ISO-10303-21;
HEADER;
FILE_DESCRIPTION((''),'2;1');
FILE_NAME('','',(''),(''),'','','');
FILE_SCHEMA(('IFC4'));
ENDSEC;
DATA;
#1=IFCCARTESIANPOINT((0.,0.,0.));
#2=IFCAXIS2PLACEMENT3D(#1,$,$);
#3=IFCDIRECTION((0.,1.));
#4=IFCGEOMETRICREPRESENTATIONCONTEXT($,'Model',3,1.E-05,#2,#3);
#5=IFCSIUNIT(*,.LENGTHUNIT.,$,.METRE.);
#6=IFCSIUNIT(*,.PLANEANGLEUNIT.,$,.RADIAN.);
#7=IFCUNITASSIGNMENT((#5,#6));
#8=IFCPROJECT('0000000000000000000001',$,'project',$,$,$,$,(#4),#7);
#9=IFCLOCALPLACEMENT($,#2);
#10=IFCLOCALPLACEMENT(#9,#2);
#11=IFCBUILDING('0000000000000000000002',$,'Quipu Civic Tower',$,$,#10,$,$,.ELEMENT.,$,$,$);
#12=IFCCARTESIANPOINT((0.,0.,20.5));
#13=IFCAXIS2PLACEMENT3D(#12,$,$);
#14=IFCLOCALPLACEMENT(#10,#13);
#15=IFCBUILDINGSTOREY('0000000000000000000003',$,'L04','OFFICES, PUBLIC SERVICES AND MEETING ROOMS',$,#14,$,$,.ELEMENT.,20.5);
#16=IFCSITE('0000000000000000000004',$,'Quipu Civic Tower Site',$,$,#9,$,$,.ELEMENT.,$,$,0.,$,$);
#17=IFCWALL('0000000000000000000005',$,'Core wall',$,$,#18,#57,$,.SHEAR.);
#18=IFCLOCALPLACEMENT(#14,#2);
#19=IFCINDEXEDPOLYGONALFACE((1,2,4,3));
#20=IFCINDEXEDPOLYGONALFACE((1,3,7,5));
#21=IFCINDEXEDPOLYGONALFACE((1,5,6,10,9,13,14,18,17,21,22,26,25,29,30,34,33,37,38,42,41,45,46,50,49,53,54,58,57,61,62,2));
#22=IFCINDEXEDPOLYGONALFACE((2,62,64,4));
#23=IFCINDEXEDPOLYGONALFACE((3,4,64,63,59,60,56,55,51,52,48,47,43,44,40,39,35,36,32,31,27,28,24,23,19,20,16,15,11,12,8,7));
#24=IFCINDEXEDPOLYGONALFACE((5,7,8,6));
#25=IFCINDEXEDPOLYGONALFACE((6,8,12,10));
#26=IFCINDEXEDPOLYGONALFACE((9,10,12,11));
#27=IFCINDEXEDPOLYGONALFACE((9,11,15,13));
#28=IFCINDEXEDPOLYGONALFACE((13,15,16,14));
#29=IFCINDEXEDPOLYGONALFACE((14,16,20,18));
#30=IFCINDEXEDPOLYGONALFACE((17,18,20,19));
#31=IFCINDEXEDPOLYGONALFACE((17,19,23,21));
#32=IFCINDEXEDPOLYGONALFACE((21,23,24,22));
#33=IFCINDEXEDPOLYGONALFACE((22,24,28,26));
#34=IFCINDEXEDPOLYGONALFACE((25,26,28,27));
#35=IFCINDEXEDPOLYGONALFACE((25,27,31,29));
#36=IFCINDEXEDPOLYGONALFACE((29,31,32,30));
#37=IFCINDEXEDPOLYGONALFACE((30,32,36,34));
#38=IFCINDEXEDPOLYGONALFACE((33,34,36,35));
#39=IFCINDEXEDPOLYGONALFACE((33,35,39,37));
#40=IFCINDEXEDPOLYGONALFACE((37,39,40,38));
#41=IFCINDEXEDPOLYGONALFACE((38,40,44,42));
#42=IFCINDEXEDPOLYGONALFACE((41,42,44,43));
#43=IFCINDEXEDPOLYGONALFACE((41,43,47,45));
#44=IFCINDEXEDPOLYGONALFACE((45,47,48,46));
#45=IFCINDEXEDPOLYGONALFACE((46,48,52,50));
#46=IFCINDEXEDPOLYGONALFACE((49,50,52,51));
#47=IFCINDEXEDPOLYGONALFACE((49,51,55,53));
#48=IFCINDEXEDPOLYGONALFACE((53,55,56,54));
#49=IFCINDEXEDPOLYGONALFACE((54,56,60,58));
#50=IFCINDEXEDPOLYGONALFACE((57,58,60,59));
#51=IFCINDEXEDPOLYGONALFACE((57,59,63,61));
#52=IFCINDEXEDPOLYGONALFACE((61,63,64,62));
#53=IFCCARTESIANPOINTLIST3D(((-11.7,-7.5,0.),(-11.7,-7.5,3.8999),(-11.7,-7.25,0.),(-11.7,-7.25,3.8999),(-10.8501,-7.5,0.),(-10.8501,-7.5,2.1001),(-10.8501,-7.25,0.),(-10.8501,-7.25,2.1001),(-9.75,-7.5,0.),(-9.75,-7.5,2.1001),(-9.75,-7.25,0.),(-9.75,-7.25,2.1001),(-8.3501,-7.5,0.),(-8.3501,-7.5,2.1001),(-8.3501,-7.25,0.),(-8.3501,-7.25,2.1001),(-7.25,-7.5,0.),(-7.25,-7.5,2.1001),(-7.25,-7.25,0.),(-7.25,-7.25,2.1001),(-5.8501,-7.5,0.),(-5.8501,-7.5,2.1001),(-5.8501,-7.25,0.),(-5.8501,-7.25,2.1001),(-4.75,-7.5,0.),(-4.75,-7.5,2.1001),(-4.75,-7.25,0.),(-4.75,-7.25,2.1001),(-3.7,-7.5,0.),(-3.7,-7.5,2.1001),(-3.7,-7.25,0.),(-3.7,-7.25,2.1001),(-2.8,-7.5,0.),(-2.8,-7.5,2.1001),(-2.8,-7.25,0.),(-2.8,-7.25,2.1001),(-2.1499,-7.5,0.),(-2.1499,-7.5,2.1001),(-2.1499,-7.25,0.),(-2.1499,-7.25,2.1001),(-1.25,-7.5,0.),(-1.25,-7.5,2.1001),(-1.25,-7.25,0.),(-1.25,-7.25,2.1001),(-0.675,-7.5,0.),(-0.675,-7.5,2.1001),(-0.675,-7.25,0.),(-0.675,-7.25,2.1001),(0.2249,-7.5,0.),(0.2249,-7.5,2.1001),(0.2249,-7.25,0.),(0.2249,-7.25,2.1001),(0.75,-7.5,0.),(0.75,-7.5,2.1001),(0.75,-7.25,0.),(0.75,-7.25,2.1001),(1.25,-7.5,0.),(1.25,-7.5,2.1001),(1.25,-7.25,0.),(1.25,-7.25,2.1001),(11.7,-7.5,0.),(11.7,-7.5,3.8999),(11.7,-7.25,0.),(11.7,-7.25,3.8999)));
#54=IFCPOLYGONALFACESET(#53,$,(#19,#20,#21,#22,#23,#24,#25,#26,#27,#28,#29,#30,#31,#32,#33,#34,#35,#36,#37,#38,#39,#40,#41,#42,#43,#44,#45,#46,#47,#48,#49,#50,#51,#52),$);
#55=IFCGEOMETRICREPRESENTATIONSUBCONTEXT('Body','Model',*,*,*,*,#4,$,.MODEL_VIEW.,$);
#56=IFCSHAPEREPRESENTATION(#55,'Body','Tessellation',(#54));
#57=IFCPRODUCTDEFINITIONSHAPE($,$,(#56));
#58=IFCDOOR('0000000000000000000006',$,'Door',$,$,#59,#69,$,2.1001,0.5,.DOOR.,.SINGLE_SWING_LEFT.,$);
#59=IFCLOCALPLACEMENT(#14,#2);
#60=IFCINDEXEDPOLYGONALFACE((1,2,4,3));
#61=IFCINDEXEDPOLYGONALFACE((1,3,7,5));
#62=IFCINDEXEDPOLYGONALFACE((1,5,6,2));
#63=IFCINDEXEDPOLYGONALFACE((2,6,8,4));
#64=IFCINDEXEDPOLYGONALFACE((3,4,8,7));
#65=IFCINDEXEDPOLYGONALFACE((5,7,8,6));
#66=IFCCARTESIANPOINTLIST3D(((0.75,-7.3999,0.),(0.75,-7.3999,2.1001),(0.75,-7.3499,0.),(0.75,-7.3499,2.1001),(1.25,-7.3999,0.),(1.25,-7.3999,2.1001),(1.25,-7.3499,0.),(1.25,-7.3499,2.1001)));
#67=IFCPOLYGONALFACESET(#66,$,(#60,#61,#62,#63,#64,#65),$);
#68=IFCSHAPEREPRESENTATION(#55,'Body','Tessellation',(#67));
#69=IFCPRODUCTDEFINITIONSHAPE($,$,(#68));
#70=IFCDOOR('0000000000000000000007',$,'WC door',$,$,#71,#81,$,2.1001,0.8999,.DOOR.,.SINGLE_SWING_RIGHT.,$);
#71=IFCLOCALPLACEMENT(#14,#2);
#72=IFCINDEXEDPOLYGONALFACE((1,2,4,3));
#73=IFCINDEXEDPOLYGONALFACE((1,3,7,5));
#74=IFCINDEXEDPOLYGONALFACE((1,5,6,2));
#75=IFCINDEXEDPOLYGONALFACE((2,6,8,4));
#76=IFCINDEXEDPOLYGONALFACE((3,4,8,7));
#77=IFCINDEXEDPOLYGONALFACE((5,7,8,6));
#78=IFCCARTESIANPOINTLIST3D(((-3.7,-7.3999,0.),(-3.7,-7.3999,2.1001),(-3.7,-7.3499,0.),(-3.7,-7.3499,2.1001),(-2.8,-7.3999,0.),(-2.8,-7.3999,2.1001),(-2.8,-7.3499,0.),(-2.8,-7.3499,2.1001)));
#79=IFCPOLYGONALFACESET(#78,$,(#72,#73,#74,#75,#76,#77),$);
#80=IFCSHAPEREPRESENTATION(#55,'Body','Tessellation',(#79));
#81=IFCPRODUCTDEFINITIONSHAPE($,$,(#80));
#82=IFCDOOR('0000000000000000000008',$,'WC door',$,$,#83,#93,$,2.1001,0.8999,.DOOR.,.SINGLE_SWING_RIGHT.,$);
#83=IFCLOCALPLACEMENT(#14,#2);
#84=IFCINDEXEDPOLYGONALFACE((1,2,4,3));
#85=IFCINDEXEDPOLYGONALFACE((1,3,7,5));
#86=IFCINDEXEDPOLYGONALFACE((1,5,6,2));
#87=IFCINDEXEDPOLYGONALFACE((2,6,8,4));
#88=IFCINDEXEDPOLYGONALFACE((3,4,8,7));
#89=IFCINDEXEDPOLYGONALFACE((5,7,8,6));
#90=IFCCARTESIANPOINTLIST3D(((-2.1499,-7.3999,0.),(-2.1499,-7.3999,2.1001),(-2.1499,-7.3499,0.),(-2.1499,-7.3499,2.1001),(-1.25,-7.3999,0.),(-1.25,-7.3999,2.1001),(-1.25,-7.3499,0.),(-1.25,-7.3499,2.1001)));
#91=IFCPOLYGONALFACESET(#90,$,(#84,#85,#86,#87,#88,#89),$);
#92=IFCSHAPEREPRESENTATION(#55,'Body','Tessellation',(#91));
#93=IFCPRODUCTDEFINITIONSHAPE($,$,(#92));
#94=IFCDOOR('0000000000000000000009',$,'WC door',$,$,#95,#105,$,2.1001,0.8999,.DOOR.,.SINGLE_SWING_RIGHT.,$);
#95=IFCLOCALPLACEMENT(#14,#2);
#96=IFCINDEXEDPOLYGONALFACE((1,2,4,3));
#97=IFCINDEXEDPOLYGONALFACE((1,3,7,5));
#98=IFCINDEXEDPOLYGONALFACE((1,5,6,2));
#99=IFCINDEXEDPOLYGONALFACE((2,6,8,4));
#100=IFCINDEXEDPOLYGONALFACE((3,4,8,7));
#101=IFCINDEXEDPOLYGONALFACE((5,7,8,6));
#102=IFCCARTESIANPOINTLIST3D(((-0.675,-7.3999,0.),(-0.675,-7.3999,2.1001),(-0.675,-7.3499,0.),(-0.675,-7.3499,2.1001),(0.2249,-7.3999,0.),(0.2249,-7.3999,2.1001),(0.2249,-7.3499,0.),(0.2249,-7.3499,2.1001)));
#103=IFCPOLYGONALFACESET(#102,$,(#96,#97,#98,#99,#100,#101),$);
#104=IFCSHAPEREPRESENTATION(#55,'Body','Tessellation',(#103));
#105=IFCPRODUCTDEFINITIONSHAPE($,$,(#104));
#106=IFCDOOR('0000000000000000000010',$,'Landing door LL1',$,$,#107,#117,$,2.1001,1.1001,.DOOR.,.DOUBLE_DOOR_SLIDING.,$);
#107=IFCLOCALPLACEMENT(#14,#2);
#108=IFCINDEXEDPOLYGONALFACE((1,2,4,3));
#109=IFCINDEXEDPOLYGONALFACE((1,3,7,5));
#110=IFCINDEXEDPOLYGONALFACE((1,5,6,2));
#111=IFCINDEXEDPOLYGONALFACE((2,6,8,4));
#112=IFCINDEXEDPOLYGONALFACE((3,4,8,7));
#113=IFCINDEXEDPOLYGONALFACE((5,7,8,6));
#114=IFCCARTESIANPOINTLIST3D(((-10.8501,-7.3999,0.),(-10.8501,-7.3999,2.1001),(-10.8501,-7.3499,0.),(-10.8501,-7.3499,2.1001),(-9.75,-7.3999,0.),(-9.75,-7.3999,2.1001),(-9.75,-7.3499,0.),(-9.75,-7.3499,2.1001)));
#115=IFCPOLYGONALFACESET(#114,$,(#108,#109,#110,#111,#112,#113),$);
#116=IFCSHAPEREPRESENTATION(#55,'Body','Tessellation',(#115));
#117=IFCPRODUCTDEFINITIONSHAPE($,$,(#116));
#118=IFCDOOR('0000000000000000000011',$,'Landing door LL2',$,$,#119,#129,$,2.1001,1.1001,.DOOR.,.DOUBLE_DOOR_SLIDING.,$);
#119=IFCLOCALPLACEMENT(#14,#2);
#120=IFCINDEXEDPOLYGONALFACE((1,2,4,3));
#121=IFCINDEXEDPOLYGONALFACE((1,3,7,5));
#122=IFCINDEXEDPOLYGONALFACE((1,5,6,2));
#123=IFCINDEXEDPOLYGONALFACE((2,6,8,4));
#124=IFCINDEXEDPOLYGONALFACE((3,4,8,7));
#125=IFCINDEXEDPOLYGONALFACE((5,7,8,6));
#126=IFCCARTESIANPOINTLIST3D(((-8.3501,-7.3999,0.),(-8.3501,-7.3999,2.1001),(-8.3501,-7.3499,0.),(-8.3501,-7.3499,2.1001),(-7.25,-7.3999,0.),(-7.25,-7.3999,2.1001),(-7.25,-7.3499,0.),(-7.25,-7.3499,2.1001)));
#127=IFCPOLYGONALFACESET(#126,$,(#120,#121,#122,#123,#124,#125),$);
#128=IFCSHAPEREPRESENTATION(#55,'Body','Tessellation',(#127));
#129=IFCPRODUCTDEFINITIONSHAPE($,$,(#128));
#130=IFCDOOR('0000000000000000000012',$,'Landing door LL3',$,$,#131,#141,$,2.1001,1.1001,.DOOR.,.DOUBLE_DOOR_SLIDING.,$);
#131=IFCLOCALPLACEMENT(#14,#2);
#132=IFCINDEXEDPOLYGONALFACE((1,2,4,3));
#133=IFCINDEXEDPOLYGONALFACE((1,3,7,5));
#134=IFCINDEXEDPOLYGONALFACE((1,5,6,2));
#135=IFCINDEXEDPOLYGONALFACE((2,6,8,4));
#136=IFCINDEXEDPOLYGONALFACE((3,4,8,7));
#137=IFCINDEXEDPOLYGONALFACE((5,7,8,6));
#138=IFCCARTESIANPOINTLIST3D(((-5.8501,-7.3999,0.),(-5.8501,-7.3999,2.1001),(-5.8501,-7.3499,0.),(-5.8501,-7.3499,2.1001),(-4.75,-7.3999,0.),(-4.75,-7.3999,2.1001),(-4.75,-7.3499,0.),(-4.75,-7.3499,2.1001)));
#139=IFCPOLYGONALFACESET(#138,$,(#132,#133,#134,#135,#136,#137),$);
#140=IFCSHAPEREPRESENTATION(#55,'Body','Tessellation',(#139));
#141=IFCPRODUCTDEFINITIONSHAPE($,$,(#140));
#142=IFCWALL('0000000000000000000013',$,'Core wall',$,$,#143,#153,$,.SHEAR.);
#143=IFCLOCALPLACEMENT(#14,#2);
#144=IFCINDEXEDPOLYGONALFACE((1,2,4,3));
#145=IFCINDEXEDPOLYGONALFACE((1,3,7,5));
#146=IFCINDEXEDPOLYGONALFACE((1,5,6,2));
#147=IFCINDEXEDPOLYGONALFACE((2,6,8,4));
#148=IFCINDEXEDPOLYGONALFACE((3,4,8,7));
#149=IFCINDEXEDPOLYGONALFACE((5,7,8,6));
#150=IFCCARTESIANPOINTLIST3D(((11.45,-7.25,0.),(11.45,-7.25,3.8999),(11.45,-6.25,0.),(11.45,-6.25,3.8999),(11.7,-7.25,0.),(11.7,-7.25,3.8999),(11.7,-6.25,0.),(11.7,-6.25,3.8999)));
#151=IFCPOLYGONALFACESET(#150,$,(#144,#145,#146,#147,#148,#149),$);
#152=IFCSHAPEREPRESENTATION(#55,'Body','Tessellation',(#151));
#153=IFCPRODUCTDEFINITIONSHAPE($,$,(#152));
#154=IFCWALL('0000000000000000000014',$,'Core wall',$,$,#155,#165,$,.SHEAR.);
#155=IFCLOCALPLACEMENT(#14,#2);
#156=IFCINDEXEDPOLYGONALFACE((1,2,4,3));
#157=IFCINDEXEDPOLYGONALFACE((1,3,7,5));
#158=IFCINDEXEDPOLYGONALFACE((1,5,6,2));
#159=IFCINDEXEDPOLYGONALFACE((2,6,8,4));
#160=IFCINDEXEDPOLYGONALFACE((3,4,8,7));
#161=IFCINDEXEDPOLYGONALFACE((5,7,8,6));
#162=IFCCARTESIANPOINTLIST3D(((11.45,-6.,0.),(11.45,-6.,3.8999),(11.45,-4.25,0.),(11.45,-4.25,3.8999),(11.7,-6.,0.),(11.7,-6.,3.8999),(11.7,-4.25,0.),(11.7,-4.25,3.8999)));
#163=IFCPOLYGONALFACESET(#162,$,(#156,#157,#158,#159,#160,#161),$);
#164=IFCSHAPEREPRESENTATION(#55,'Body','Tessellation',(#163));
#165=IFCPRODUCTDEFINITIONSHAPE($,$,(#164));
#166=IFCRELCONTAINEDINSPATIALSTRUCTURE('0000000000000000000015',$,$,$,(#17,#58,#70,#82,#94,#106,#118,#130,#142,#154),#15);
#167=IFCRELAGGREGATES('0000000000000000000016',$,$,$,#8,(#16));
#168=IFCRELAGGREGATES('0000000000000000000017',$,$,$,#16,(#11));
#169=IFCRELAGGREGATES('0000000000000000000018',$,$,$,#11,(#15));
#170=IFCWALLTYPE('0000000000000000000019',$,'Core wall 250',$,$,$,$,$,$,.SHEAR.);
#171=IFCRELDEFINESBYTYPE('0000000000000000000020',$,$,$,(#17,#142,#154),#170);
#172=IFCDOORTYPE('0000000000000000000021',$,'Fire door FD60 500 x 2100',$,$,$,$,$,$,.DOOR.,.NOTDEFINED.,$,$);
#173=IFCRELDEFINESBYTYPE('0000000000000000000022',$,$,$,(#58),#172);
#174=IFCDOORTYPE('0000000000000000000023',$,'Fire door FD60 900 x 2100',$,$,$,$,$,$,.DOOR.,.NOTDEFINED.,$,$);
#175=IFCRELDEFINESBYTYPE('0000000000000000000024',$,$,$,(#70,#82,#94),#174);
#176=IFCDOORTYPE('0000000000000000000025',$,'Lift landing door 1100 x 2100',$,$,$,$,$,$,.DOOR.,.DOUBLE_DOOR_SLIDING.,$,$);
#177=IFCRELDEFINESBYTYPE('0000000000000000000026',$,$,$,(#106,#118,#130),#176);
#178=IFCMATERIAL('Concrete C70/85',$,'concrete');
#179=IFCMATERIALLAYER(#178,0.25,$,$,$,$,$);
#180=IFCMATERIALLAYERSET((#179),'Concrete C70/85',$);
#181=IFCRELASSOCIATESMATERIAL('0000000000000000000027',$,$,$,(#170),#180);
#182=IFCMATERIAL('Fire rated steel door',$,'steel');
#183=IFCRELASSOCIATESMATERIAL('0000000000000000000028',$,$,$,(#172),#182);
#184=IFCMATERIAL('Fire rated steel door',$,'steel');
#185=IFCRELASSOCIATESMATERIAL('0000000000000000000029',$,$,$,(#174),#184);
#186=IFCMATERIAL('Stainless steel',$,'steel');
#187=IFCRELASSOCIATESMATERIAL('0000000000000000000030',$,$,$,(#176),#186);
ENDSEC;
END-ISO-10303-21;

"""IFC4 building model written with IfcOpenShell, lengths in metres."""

from ifc_helpers import new_model, si_unit, direction, frame, frame_2d, origin, place, context, subcontext, project, spatial, rectangle, extrude, material, layer, layer_set, type_object, element, fill, save


model = new_model("IFC4")

# Units and contexts
model_context = context("Model", 3, precision=1e-05, world=origin(), true_north=direction((0.0, 1.0)))
body_context = subcontext(model_context, "Body", "Model", "MODEL_VIEW")
ifc_project = project(units=[si_unit("LENGTHUNIT", "METRE"), si_unit("PLANEANGLEUNIT", "RADIAN")], contexts=[model_context])

# Site, building, storey
site_placement = place(None, origin())
site = spatial("IfcSite", under=ifc_project, at=site_placement, Name="Quipu Civic Tower Site", CompositionType="ELEMENT", RefElevation=0.0)
building_placement = place(site_placement, origin())
building = spatial("IfcBuilding", under=site, at=building_placement, Name="Quipu Civic Tower", CompositionType="ELEMENT")
storey_placement = place(building_placement, frame((0.0, 0.0, 20.5)))
storey = spatial("IfcBuildingStorey", under=building, at=storey_placement, Name="L04", Description="OFFICES, PUBLIC SERVICES AND MEETING ROOMS", CompositionType="ELEMENT", Elevation=20.5)

# Shared definitions
ifc_material_1 = material(Name="Concrete C70/85", Category="concrete")
ifc_layer_1 = layer(ifc_material_1, 0.25)
ifc_layer_set_1 = layer_set([ifc_layer_1], Name="Concrete C70/85")
wall_type_1 = type_object("IfcWallType", Name="Core wall 250", PredefinedType="SHEAR", material=ifc_layer_set_1)

# Wall, openings, doors
wall_1_placement = place(storey_placement, frame((11.7, -7.375, 0.0), z_axis=(0.0, 0.0, 1.0), x_axis=(-1.0, 0.0, 0.0)))
wall_1 = element("IfcWall", 1, at=wall_1_placement, inside=storey, type_object=wall_type_1, Name="Core wall", PredefinedType="SHEAR", context=body_context, shape_type="SweptSolid", body=[
    extrude(rectangle(XDim=23.3999, YDim=0.25, at=frame_2d((11.7, 0.0))), origin(), (0.0, 0.0, 1.0), 3.8999),
])
opening_1_placement = place(wall_1_placement, frame((21.45, 0.0, 0.0)))
opening_1 = element("IfcOpeningElement", 2, at=opening_1_placement, cuts=wall_1, PredefinedType="OPENING", context=body_context, shape_type="SweptSolid", body=[
    extrude(rectangle(XDim=1.1001, YDim=2.1001, at=frame_2d((0.55, 1.05))), frame((0.0, 0.135, 0.0), z_axis=(0.0, -1.0, 0.0), x_axis=(1.0, 0.0, 0.0)), (0.0, 0.0, 1.0), 0.27),
])
opening_2_placement = place(wall_1_placement, frame((18.95, 0.0, 0.0)))
opening_2 = element("IfcOpeningElement", 3, at=opening_2_placement, cuts=wall_1, PredefinedType="OPENING", context=body_context, shape_type="SweptSolid", body=[
    extrude(rectangle(XDim=1.1001, YDim=2.1001, at=frame_2d((0.55, 1.05))), frame((0.0, 0.135, 0.0), z_axis=(0.0, -1.0, 0.0), x_axis=(1.0, 0.0, 0.0)), (0.0, 0.0, 1.0), 0.27),
])
opening_3_placement = place(wall_1_placement, frame((16.45, 0.0, 0.0)))
opening_3 = element("IfcOpeningElement", 4, at=opening_3_placement, cuts=wall_1, PredefinedType="OPENING", context=body_context, shape_type="SweptSolid", body=[
    extrude(rectangle(XDim=1.1001, YDim=2.1001, at=frame_2d((0.55, 1.05))), frame((0.0, 0.135, 0.0), z_axis=(0.0, -1.0, 0.0), x_axis=(1.0, 0.0, 0.0)), (0.0, 0.0, 1.0), 0.27),
])
opening_4_placement = place(wall_1_placement, frame((14.5, 0.0, 0.0)))
opening_4 = element("IfcOpeningElement", 5, at=opening_4_placement, cuts=wall_1, PredefinedType="OPENING", context=body_context, shape_type="SweptSolid", body=[
    extrude(rectangle(XDim=0.8999, YDim=2.1001, at=frame_2d((0.45, 1.05))), frame((0.0, 0.135, 0.0), z_axis=(0.0, -1.0, 0.0), x_axis=(1.0, 0.0, 0.0)), (0.0, 0.0, 1.0), 0.27),
])
opening_5_placement = place(wall_1_placement, frame((12.95, 0.0, 0.0)))
opening_5 = element("IfcOpeningElement", 6, at=opening_5_placement, cuts=wall_1, PredefinedType="OPENING", context=body_context, shape_type="SweptSolid", body=[
    extrude(rectangle(XDim=0.8999, YDim=2.1001, at=frame_2d((0.45, 1.05))), frame((0.0, 0.135, 0.0), z_axis=(0.0, -1.0, 0.0), x_axis=(1.0, 0.0, 0.0)), (0.0, 0.0, 1.0), 0.27),
])
opening_6_placement = place(wall_1_placement, frame((11.4751, 0.0, 0.0)))
opening_6 = element("IfcOpeningElement", 7, at=opening_6_placement, cuts=wall_1, PredefinedType="OPENING", context=body_context, shape_type="SweptSolid", body=[
    extrude(rectangle(XDim=0.8999, YDim=2.1001, at=frame_2d((0.45, 1.05))), frame((0.0, 0.135, 0.0), z_axis=(0.0, -1.0, 0.0), x_axis=(1.0, 0.0, 0.0)), (0.0, 0.0, 1.0), 0.27),
])
opening_7_placement = place(wall_1_placement, frame((10.45, 0.0, 0.0)))
opening_7 = element("IfcOpeningElement", 8, at=opening_7_placement, cuts=wall_1, PredefinedType="OPENING", context=body_context, shape_type="SweptSolid", body=[
    extrude(rectangle(XDim=0.5, YDim=2.1001, at=frame_2d((0.25, 1.05))), frame((0.0, 0.135, 0.0), z_axis=(0.0, -1.0, 0.0), x_axis=(1.0, 0.0, 0.0)), (0.0, 0.0, 1.0), 0.27),
])
ifc_material_2 = material(Name="Fire rated steel door", Category="steel")
door_type_1 = type_object("IfcDoorType", Name="Fire door FD60 500 x 2100", OperationType="NOTDEFINED", PredefinedType="DOOR", material=ifc_material_2)
door_1_placement = place(opening_7_placement, origin())
door_1 = element("IfcDoor", 9, at=door_1_placement, inside=storey, type_object=door_type_1, Name="Door", OperationType="SINGLE_SWING_LEFT", OverallHeight=2.1001, OverallWidth=0.5, PredefinedType="DOOR", context=body_context, shape_type="SweptSolid", body=[
    extrude(rectangle(XDim=0.5, YDim=2.1001, at=frame_2d((0.25, 1.05))), frame((0.0, 0.0249, 0.0), z_axis=(0.0, -1.0, 0.0), x_axis=(1.0, 0.0, 0.0)), (0.0, 0.0, 1.0), 0.05),
])
fill(opening_7, door_1)
ifc_material_3 = material(Name="Fire rated steel door", Category="steel")
door_type_2 = type_object("IfcDoorType", Name="Fire door FD60 900 x 2100", OperationType="NOTDEFINED", PredefinedType="DOOR", material=ifc_material_3)
door_2_placement = place(opening_4_placement, origin())
door_2 = element("IfcDoor", 10, at=door_2_placement, inside=storey, type_object=door_type_2, Name="WC door", OperationType="SINGLE_SWING_RIGHT", OverallHeight=2.1001, OverallWidth=0.8999, PredefinedType="DOOR", context=body_context, shape_type="SweptSolid", body=[
    extrude(rectangle(XDim=0.8999, YDim=2.1001, at=frame_2d((0.45, 1.05))), frame((0.0, 0.0249, 0.0), z_axis=(0.0, -1.0, 0.0), x_axis=(1.0, 0.0, 0.0)), (0.0, 0.0, 1.0), 0.05),
])
fill(opening_4, door_2)
door_3_placement = place(opening_5_placement, origin())
door_3 = element("IfcDoor", 11, at=door_3_placement, inside=storey, type_object=door_type_2, Name="WC door", OperationType="SINGLE_SWING_RIGHT", OverallHeight=2.1001, OverallWidth=0.8999, PredefinedType="DOOR", context=body_context, shape_type="SweptSolid", body=[
    extrude(rectangle(XDim=0.8999, YDim=2.1001, at=frame_2d((0.45, 1.05))), frame((0.0, 0.0249, 0.0), z_axis=(0.0, -1.0, 0.0), x_axis=(1.0, 0.0, 0.0)), (0.0, 0.0, 1.0), 0.05),
])
fill(opening_5, door_3)
door_4_placement = place(opening_6_placement, origin())
door_4 = element("IfcDoor", 12, at=door_4_placement, inside=storey, type_object=door_type_2, Name="WC door", OperationType="SINGLE_SWING_RIGHT", OverallHeight=2.1001, OverallWidth=0.8999, PredefinedType="DOOR", context=body_context, shape_type="SweptSolid", body=[
    extrude(rectangle(XDim=0.8999, YDim=2.1001, at=frame_2d((0.45, 1.05))), frame((0.0, 0.0249, 0.0), z_axis=(0.0, -1.0, 0.0), x_axis=(1.0, 0.0, 0.0)), (0.0, 0.0, 1.0), 0.05),
])
fill(opening_6, door_4)
ifc_material_4 = material(Name="Stainless steel", Category="steel")
door_type_3 = type_object("IfcDoorType", Name="Lift landing door 1100 x 2100", OperationType="DOUBLE_DOOR_SLIDING", PredefinedType="DOOR", material=ifc_material_4)
door_5_placement = place(opening_1_placement, origin())
door_5 = element("IfcDoor", 13, at=door_5_placement, inside=storey, type_object=door_type_3, Name="Landing door LL1", OperationType="DOUBLE_DOOR_SLIDING", OverallHeight=2.1001, OverallWidth=1.1001, PredefinedType="DOOR", context=body_context, shape_type="SweptSolid", body=[
    extrude(rectangle(XDim=1.1001, YDim=2.1001, at=frame_2d((0.55, 1.05))), frame((0.0, 0.0249, 0.0), z_axis=(0.0, -1.0, 0.0), x_axis=(1.0, 0.0, 0.0)), (0.0, 0.0, 1.0), 0.05),
])
fill(opening_1, door_5)
door_6_placement = place(opening_2_placement, origin())
door_6 = element("IfcDoor", 14, at=door_6_placement, inside=storey, type_object=door_type_3, Name="Landing door LL2", OperationType="DOUBLE_DOOR_SLIDING", OverallHeight=2.1001, OverallWidth=1.1001, PredefinedType="DOOR", context=body_context, shape_type="SweptSolid", body=[
    extrude(rectangle(XDim=1.1001, YDim=2.1001, at=frame_2d((0.55, 1.05))), frame((0.0, 0.0249, 0.0), z_axis=(0.0, -1.0, 0.0), x_axis=(1.0, 0.0, 0.0)), (0.0, 0.0, 1.0), 0.05),
])
fill(opening_2, door_6)
door_7_placement = place(opening_3_placement, origin())
door_7 = element("IfcDoor", 15, at=door_7_placement, inside=storey, type_object=door_type_3, Name="Landing door LL3", OperationType="DOUBLE_DOOR_SLIDING", OverallHeight=2.1001, OverallWidth=1.1001, PredefinedType="DOOR", context=body_context, shape_type="SweptSolid", body=[
    extrude(rectangle(XDim=1.1001, YDim=2.1001, at=frame_2d((0.55, 1.05))), frame((0.0, 0.0249, 0.0), z_axis=(0.0, -1.0, 0.0), x_axis=(1.0, 0.0, 0.0)), (0.0, 0.0, 1.0), 0.05),
])
fill(opening_3, door_7)

# Walls
wall_2_placement = place(storey_placement, frame((11.575, -7.25, 0.0), z_axis=(0.0, 0.0, 1.0), x_axis=(0.0, 1.0, 0.0)))
element("IfcWall", 16, at=wall_2_placement, inside=storey, type_object=wall_type_1, Name="Core wall", PredefinedType="SHEAR", context=body_context, shape_type="SweptSolid", body=[
    extrude(rectangle(XDim=1.0, YDim=0.25, at=frame_2d((0.5, 0.0))), origin(), (0.0, 0.0, 1.0), 3.8999),
])
wall_3_placement = place(storey_placement, frame((11.575, -6.0, 0.0), z_axis=(0.0, 0.0, 1.0), x_axis=(0.0, 1.0, 0.0)))
element("IfcWall", 17, at=wall_3_placement, inside=storey, type_object=wall_type_1, Name="Core wall", PredefinedType="SHEAR", context=body_context, shape_type="SweptSolid", body=[
    extrude(rectangle(XDim=1.75, YDim=0.25, at=frame_2d((0.875, 0.0))), origin(), (0.0, 0.0, 1.0), 3.8999),
])

save(model, "model.ifc")
